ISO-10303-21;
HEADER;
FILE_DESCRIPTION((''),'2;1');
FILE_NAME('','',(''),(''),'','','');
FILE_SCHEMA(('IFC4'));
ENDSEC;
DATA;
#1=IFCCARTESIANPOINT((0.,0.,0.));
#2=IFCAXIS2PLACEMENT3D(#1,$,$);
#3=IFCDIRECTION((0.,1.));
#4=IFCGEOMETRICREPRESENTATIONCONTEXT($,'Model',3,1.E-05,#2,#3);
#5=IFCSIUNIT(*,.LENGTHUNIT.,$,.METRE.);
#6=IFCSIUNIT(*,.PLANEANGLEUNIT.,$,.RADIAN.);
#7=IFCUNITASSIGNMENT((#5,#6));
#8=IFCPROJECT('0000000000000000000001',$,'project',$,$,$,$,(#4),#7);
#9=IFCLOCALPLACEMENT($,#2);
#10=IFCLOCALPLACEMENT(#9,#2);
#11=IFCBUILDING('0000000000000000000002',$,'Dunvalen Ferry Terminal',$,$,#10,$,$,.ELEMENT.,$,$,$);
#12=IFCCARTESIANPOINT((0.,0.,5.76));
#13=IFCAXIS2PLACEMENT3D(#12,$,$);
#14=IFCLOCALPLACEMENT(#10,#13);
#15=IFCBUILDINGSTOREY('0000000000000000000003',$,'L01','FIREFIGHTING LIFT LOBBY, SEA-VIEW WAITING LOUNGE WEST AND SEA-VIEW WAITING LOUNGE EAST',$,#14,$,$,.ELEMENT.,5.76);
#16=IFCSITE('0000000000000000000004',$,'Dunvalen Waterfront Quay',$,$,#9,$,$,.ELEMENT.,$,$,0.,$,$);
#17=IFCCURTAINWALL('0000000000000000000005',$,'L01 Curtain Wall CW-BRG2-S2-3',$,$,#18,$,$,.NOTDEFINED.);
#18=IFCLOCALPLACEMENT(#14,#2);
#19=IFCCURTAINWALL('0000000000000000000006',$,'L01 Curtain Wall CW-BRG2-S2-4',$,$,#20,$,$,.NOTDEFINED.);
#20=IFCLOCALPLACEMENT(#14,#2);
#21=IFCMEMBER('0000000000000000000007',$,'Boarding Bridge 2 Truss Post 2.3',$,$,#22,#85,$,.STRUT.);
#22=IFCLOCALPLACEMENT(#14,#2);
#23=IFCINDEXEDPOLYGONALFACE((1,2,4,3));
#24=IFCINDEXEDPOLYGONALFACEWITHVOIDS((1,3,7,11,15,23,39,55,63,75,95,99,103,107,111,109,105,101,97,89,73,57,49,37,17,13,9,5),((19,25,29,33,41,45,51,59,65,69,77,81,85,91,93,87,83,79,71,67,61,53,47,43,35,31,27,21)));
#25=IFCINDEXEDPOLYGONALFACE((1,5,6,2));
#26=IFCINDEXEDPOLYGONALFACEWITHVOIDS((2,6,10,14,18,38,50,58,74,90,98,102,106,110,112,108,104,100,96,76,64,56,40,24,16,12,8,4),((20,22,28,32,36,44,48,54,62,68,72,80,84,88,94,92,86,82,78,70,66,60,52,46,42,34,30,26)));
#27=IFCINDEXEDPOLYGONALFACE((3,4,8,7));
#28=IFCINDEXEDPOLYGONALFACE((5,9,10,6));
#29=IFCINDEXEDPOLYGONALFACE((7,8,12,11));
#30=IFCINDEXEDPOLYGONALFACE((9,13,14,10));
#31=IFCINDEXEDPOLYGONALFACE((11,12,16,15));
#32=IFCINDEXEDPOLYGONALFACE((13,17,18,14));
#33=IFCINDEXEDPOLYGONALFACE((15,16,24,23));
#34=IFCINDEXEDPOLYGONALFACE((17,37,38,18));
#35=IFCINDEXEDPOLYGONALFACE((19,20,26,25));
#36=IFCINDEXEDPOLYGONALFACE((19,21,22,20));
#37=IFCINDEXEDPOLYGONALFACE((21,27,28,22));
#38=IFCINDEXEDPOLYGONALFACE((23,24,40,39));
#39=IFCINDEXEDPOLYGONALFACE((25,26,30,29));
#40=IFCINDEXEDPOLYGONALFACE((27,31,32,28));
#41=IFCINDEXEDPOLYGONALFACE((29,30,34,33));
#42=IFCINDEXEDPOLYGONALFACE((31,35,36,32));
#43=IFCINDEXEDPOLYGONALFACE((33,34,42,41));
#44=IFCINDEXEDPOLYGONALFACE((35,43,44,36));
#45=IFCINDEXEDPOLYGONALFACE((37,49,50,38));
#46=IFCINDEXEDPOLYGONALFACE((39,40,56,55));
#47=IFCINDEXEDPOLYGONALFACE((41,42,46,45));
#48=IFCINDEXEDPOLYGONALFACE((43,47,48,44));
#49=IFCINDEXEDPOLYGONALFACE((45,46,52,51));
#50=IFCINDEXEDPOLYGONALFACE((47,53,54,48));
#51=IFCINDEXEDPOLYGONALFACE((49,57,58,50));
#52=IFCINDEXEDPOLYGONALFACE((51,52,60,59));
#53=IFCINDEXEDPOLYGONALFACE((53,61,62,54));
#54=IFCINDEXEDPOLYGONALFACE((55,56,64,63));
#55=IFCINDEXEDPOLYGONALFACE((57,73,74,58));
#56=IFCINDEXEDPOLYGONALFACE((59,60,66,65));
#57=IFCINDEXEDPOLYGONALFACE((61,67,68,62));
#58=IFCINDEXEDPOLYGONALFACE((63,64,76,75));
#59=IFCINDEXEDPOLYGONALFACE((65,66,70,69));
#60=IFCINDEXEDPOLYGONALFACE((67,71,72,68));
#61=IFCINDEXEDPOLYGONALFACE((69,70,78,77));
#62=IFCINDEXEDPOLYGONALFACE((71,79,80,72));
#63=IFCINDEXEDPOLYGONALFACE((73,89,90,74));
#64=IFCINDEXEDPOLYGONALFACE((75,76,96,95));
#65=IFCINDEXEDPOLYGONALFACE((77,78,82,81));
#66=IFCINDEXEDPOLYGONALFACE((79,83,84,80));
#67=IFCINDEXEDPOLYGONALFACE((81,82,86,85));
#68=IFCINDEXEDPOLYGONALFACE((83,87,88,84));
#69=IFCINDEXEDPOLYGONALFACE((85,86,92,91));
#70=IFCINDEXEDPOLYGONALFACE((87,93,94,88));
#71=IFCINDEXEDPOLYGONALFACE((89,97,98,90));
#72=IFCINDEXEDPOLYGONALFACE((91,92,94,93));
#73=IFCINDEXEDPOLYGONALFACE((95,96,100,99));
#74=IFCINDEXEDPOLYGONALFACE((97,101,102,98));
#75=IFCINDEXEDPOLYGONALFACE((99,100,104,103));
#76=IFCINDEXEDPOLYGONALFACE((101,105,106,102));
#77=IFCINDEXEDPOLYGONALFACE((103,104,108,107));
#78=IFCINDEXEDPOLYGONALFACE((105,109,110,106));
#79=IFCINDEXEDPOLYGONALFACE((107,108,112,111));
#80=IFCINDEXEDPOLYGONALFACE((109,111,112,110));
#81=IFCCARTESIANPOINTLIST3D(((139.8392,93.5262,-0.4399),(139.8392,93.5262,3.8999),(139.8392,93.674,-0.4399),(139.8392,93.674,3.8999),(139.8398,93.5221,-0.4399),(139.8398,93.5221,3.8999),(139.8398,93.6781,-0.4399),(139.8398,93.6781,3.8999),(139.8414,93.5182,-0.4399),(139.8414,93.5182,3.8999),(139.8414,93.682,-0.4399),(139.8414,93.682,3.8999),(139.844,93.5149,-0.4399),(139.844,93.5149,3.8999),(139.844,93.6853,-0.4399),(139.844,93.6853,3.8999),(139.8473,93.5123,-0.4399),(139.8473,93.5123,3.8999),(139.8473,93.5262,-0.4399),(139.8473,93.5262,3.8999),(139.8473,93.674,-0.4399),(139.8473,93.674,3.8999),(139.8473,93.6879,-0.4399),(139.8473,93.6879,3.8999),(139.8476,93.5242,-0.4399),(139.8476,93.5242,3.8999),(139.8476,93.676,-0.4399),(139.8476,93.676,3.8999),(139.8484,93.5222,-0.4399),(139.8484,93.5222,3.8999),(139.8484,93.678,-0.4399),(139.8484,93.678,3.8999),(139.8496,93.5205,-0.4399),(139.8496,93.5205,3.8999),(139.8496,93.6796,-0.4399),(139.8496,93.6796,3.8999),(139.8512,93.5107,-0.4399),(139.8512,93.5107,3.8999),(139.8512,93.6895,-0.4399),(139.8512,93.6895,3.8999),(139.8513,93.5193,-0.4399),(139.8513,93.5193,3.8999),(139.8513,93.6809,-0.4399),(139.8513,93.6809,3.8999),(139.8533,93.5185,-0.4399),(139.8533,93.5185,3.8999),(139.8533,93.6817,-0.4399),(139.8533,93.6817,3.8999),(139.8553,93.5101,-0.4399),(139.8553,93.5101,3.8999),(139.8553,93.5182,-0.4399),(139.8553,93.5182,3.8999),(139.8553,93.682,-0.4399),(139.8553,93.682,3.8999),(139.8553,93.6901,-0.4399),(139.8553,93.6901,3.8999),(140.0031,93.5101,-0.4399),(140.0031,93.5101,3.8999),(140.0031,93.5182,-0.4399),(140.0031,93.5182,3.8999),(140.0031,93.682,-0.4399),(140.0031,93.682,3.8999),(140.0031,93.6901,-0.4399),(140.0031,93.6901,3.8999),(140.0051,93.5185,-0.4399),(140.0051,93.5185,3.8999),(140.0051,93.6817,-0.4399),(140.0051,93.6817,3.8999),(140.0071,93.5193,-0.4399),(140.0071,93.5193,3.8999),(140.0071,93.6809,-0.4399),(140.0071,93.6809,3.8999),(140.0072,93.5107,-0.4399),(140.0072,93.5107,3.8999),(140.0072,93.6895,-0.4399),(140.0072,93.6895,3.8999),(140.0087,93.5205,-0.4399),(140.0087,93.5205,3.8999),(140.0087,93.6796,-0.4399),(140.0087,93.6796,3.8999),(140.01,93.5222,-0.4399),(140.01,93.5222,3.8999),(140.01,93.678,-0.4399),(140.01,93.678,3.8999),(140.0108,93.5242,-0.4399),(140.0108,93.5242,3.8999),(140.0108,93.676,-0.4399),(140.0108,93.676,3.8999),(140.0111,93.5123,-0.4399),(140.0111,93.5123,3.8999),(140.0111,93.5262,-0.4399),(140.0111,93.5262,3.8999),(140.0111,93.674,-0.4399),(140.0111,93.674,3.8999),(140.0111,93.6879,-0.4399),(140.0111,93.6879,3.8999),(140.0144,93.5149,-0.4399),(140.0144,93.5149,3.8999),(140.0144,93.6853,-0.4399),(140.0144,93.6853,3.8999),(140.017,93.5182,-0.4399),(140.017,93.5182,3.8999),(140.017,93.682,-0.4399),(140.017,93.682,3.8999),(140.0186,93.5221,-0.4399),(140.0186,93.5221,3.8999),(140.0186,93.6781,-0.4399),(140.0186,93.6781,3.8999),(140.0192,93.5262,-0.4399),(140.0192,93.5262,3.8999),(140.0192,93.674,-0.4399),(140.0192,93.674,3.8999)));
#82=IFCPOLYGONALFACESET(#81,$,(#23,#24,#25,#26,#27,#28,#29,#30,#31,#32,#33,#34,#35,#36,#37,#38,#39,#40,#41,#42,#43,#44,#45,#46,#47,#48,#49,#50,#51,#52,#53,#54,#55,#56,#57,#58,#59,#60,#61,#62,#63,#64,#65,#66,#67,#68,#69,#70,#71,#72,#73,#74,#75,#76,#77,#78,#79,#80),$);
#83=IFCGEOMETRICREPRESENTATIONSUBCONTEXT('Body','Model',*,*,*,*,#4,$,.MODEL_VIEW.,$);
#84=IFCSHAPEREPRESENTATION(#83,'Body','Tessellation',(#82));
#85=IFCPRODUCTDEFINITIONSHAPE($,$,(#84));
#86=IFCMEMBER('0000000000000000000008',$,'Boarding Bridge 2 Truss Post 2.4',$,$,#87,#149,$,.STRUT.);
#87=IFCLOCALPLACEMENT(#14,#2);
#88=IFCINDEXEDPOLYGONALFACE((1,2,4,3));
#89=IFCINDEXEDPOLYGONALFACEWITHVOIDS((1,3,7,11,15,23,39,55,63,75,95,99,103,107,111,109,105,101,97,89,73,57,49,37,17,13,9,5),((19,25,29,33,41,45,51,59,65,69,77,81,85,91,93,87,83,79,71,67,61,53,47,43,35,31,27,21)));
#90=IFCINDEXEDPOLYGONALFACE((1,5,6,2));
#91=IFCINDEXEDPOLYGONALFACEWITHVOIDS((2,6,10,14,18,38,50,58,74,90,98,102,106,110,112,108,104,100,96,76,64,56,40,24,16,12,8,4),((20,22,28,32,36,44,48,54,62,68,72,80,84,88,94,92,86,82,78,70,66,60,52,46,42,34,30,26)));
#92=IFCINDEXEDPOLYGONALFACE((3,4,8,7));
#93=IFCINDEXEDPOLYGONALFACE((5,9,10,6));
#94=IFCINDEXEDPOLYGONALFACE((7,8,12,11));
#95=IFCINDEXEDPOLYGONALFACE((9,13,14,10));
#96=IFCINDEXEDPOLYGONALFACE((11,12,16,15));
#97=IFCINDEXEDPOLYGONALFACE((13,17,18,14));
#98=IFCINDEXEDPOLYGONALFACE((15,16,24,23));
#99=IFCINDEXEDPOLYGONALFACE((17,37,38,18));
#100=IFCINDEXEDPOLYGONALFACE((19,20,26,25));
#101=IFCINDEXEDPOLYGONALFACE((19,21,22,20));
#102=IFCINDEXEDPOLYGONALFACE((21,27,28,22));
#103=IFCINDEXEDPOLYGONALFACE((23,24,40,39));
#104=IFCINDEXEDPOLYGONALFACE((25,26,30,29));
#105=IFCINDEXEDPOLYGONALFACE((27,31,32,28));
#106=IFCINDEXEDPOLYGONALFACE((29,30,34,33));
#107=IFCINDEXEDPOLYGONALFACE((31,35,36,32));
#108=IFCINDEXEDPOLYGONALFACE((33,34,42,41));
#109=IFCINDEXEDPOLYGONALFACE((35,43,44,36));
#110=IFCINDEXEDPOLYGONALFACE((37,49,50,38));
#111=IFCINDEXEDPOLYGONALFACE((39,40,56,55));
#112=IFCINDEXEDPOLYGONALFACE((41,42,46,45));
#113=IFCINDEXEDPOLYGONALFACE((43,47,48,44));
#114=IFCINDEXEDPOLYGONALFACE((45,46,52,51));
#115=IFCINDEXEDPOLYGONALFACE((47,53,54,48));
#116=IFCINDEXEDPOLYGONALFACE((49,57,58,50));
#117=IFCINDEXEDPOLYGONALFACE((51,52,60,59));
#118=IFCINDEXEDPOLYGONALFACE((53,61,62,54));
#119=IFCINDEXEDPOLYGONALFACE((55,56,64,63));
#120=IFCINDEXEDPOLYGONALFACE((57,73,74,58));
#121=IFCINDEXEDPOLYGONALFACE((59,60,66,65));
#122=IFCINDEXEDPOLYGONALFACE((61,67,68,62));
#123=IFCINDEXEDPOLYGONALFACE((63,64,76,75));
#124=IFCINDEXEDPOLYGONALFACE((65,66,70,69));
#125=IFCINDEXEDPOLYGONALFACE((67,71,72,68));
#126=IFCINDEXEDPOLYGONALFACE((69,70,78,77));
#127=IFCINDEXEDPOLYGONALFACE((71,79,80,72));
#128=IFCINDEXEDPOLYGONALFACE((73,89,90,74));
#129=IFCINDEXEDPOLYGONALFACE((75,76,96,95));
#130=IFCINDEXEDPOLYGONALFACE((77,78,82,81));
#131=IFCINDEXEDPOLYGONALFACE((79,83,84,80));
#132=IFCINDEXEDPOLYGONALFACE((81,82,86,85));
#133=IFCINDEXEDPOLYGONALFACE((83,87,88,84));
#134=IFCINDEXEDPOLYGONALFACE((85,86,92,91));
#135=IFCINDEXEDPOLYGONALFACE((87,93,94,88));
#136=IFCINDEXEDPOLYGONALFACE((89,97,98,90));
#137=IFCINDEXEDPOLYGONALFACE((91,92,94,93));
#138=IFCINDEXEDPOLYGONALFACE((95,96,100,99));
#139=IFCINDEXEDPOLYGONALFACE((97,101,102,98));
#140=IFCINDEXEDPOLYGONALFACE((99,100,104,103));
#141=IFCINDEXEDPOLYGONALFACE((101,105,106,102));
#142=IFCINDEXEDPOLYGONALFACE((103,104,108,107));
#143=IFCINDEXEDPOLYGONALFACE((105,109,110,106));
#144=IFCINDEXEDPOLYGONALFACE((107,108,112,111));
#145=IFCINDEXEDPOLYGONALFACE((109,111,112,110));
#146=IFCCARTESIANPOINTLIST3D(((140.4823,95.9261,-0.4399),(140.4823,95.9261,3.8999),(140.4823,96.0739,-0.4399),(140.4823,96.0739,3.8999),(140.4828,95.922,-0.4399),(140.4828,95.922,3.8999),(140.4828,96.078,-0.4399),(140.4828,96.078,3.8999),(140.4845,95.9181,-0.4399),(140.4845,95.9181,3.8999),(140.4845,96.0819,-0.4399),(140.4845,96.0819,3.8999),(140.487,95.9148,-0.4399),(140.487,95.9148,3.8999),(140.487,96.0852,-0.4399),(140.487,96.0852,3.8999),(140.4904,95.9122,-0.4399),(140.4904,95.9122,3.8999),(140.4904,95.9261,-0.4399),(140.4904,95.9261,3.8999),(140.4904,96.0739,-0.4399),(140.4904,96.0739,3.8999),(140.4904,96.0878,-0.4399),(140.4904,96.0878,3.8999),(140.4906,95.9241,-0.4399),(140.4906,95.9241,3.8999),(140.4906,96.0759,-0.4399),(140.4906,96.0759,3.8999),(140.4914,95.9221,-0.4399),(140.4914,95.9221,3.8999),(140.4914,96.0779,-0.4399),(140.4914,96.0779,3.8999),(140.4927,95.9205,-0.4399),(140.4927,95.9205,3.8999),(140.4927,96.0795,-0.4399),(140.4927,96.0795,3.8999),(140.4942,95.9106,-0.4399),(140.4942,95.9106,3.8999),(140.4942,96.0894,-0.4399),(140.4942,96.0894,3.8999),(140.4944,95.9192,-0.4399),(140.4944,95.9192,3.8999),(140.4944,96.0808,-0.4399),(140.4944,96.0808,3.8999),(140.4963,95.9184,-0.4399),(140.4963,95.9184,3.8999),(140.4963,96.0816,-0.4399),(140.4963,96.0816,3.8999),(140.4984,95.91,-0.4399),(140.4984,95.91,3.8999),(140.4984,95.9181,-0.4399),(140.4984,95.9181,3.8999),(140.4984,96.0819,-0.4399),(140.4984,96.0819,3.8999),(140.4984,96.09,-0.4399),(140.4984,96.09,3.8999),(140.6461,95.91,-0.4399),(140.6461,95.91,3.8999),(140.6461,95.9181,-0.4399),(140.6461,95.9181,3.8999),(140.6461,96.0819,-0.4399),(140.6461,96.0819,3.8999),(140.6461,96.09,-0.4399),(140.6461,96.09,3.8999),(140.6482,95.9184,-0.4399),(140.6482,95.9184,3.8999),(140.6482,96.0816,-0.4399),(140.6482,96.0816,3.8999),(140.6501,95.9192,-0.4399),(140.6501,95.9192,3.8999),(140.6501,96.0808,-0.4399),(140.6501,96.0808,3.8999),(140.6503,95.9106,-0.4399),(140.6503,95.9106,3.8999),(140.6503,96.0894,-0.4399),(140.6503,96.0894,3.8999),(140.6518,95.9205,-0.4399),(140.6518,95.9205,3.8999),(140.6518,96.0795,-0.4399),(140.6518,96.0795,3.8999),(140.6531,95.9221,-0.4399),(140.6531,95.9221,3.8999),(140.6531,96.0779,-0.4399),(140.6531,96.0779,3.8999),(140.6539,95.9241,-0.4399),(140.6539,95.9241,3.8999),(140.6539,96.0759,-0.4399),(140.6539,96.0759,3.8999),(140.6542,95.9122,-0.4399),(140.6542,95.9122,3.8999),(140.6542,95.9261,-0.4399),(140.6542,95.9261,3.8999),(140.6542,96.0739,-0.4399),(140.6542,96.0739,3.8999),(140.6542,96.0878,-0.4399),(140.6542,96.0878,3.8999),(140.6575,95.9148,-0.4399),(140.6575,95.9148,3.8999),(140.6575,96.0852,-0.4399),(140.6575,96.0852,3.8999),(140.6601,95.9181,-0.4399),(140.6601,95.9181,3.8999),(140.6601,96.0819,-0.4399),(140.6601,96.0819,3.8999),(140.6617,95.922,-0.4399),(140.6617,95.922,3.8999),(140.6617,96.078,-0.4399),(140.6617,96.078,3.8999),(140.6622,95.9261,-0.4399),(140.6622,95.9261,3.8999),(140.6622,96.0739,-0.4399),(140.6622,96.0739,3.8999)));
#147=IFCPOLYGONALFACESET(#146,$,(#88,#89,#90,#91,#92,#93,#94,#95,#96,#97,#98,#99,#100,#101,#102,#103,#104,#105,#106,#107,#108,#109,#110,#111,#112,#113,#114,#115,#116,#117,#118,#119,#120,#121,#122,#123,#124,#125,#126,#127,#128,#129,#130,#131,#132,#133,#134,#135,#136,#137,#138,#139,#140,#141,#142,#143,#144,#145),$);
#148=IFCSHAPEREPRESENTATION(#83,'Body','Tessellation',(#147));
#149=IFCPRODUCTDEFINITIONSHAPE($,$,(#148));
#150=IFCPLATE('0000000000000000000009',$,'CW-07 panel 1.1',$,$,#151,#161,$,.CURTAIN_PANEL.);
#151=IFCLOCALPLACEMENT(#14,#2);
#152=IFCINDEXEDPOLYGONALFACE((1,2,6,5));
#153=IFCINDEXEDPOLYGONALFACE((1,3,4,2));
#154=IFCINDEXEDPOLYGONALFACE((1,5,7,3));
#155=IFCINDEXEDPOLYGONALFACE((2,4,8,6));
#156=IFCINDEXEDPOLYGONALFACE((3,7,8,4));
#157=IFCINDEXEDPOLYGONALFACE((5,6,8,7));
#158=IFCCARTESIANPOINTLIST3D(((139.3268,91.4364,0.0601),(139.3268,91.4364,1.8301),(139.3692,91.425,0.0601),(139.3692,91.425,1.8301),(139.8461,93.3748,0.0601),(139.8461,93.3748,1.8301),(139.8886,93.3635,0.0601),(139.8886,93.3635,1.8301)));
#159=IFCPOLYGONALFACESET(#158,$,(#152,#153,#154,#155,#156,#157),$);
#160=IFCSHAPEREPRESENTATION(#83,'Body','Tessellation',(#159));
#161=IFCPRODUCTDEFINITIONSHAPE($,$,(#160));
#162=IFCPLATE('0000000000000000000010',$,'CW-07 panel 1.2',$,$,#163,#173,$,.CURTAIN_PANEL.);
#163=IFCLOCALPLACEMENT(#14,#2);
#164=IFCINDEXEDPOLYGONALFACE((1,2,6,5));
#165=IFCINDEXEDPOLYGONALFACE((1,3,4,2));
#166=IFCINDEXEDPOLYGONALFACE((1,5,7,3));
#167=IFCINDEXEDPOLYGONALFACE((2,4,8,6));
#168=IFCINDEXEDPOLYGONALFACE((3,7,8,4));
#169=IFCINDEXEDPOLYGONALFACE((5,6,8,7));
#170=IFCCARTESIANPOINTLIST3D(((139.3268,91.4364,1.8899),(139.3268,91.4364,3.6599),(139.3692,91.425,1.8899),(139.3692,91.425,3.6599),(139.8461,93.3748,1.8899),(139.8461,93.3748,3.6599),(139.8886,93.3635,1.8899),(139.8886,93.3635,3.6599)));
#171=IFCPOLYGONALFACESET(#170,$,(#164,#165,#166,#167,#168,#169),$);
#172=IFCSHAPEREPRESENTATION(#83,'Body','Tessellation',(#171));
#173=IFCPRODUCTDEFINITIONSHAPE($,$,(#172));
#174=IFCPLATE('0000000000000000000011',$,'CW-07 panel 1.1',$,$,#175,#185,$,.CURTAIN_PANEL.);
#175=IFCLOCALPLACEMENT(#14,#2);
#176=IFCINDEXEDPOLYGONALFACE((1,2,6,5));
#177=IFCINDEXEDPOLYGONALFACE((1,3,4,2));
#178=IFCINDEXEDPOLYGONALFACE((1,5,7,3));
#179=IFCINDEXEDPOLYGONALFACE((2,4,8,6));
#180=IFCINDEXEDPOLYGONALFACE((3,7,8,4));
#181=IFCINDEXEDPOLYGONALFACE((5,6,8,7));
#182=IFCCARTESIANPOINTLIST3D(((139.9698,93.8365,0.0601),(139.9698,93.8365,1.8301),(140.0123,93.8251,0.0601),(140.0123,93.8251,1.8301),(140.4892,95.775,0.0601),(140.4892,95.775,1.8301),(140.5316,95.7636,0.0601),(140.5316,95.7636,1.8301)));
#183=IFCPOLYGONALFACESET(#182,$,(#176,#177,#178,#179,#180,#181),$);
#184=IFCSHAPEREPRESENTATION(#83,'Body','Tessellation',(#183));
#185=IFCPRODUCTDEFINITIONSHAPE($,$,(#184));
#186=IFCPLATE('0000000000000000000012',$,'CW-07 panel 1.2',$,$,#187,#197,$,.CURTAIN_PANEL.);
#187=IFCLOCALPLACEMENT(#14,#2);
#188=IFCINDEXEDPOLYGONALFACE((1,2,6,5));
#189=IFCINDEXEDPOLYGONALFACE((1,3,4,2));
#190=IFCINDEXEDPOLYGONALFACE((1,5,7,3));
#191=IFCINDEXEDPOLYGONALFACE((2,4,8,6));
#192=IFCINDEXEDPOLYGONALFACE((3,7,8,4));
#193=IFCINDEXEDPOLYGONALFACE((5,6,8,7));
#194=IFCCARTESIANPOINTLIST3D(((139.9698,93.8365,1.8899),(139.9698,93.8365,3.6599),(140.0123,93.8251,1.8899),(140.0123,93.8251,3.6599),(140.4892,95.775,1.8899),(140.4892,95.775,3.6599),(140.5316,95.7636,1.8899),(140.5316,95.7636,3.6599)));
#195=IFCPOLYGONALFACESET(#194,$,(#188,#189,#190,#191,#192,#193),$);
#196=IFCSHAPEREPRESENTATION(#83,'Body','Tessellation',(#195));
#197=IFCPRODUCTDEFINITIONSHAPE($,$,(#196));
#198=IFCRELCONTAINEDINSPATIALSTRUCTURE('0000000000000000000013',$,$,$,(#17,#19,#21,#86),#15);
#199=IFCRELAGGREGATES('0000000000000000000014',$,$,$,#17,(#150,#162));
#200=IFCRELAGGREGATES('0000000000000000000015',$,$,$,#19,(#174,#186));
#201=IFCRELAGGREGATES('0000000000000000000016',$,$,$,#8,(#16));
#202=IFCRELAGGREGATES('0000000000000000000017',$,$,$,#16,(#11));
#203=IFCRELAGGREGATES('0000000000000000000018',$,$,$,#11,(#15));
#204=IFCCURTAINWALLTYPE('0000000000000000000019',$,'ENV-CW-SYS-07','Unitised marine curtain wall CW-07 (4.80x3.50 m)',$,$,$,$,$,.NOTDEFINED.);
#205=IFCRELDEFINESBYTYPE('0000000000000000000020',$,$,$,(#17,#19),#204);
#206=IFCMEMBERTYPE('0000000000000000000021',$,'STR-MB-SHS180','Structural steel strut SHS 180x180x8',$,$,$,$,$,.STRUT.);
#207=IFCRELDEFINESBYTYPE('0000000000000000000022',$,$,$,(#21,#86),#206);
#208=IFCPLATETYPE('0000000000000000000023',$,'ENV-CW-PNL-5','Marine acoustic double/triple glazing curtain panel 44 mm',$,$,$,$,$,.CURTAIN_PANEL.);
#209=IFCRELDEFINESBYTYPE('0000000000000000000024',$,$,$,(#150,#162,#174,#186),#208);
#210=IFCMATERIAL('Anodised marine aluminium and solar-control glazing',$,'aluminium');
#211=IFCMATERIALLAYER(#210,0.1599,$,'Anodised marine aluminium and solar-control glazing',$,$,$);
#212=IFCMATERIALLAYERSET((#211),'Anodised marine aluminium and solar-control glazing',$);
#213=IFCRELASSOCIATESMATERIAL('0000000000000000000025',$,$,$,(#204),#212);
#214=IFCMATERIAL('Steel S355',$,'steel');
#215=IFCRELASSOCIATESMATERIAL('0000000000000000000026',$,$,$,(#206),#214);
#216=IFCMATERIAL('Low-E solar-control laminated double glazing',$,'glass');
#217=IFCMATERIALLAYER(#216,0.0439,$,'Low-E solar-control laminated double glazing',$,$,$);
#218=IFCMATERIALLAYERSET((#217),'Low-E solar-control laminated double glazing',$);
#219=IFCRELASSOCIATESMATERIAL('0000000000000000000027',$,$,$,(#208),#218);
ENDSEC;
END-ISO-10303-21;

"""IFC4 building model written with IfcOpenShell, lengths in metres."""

from ifc_helpers import new_model, si_unit, direction, frame, origin, origin_2d, place, context, subcontext, project, spatial, rectangle, hollow_rectangle, extrude, material, layer, layer_set, material_profile, profile_set, type_object, element, aggregate, save


model = new_model("IFC4")

# Units and contexts
model_context = context("Model", 3, precision=1e-05, world=origin(), true_north=direction((0.0, 1.0)))
body_context = subcontext(model_context, "Body", "Model", "MODEL_VIEW")
ifc_project = project(units=[si_unit("LENGTHUNIT", "METRE"), si_unit("PLANEANGLEUNIT", "RADIAN")], contexts=[model_context])

# Site, building, storey
site_placement = place(None, origin())
site = spatial("IfcSite", under=ifc_project, at=site_placement, Name="Dunvalen Waterfront Quay", CompositionType="ELEMENT", RefElevation=0.0)
building_placement = place(site_placement, origin())
building = spatial("IfcBuilding", under=site, at=building_placement, Name="Dunvalen Ferry Terminal", CompositionType="ELEMENT")
storey_placement = place(building_placement, frame((0.0, 0.0, 5.76)))
storey = spatial("IfcBuildingStorey", under=building, at=storey_placement, Name="L01", Description="FIREFIGHTING LIFT LOBBY, SEA-VIEW WAITING LOUNGE WEST AND SEA-VIEW WAITING LOUNGE EAST", CompositionType="ELEMENT", Elevation=5.76)

# Shared definitions
ifc_material_1 = material(Name="Anodised marine aluminium and solar-control glazing", Category="aluminium")

# Curtain wall
ifc_layer_1 = layer(ifc_material_1, 0.1599, Name="Anodised marine aluminium and solar-control glazing")
ifc_layer_set_1 = layer_set([ifc_layer_1], Name="Anodised marine aluminium and solar-control glazing")
curtain_wall_type_1 = type_object("IfcCurtainWallType", Name="ENV-CW-SYS-07", Description="Unitised marine curtain wall CW-07 (4.80x3.50 m)", PredefinedType="NOTDEFINED", material=ifc_layer_set_1)
curtain_wall_1_placement = place(storey_placement, origin())
curtain_wall_1 = element("IfcCurtainWall", 1, at=curtain_wall_1_placement, inside=storey, type_object=curtain_wall_type_1, Name="L01 Curtain Wall CW-BRG2-S2-3", PredefinedType="NOTDEFINED")

# Curtain wall
curtain_wall_2_placement = place(storey_placement, origin())
curtain_wall_2 = element("IfcCurtainWall", 2, at=curtain_wall_2_placement, inside=storey, type_object=curtain_wall_type_1, Name="L01 Curtain Wall CW-BRG2-S2-4", PredefinedType="NOTDEFINED")

# Shared definitions
ifc_material_2 = material(Name="Steel S355", Category="steel")

# Members
ifc_material_profile_1 = material_profile(ifc_material_2, hollow_rectangle(XDim=0.1799, YDim=0.1799, WallThickness=0.0081, InnerFilletRadius=0.0081, OuterFilletRadius=0.0161, at=origin_2d()), Name="Steel S355")
ifc_profile_set_1 = profile_set([ifc_material_profile_1], Name="Steel S355")
member_type_1 = type_object("IfcMemberType", Name="STR-MB-SHS180", Description="Structural steel strut SHS 180x180x8", PredefinedType="STRUT", material=ifc_profile_set_1)
for number, where, z_axis, x_axis, name in (
    (3, (139.9292, 93.6001, -0.4399), (0.0, 0.0, 1.0), (1.0, 0.0, 0.0), "Boarding Bridge 2 Truss Post 2.3"),
    (4, (140.5723, 96.0, -0.4399), (0.0, 0.0, 1.0), (1.0, 0.0, 0.0), "Boarding Bridge 2 Truss Post 2.4"),
):
    element("IfcMember", number, at=place(storey_placement, frame(where, z_axis=z_axis, x_axis=x_axis)), inside=storey, type_object=member_type_1, Name=name, PredefinedType="STRUT", context=body_context, shape_type="SweptSolid", body=[
        extrude(hollow_rectangle(XDim=0.1799, YDim=0.1799, WallThickness=0.0081, InnerFilletRadius=0.0081, OuterFilletRadius=0.0161, at=origin_2d()), origin(), (0.0, 0.0, 1.0), 4.3398),
    ])

# Plates
ifc_material_3 = material(Name="Low-E solar-control laminated double glazing", Category="glass")
ifc_layer_2 = layer(ifc_material_3, 0.0439, Name="Low-E solar-control laminated double glazing")
ifc_layer_set_2 = layer_set([ifc_layer_2], Name="Low-E solar-control laminated double glazing")
plate_type_1 = type_object("IfcPlateType", Name="ENV-CW-PNL-5", Description="Marine acoustic double/triple glazing curtain panel 44 mm", PredefinedType="CURTAIN_PANEL", material=ifc_layer_set_2)
plate_1_placement = place(storey_placement, frame((139.6077, 92.3999, 0.0601), z_axis=(0.0, 0.0, 1.0), x_axis=(0.258786, 0.965935, 0.0)))
plate_1 = element("IfcPlate", 5, at=plate_1_placement, type_object=plate_type_1, Name="CW-07 panel 1.1", PredefinedType="CURTAIN_PANEL", context=body_context, shape_type="SweptSolid", body=[
    extrude(rectangle(XDim=2.0068, YDim=0.0439, at=origin_2d()), origin(), (0.0, 0.0, 1.0), 1.77),
])
plate_2_placement = place(storey_placement, frame((139.6077, 92.3999, 1.8899), z_axis=(0.0, 0.0, 1.0), x_axis=(0.258786, 0.965935, 0.0)))
plate_2 = element("IfcPlate", 6, at=plate_2_placement, type_object=plate_type_1, Name="CW-07 panel 1.2", PredefinedType="CURTAIN_PANEL", context=body_context, shape_type="SweptSolid", body=[
    extrude(rectangle(XDim=2.0068, YDim=0.0439, at=origin_2d()), origin(), (0.0, 0.0, 1.0), 1.77),
])
aggregate(curtain_wall_1, [plate_1, plate_2])
plate_3_placement = place(storey_placement, frame((140.2507, 94.8, 0.0601), z_axis=(0.0, 0.0, 1.0), x_axis=(0.258786, 0.965935, 0.0)))
plate_3 = element("IfcPlate", 7, at=plate_3_placement, type_object=plate_type_1, Name="CW-07 panel 1.1", PredefinedType="CURTAIN_PANEL", context=body_context, shape_type="SweptSolid", body=[
    extrude(rectangle(XDim=2.0068, YDim=0.0439, at=origin_2d()), origin(), (0.0, 0.0, 1.0), 1.77),
])
plate_4_placement = place(storey_placement, frame((140.2507, 94.8, 1.8899), z_axis=(0.0, 0.0, 1.0), x_axis=(0.258786, 0.965935, 0.0)))
plate_4 = element("IfcPlate", 8, at=plate_4_placement, type_object=plate_type_1, Name="CW-07 panel 1.2", PredefinedType="CURTAIN_PANEL", context=body_context, shape_type="SweptSolid", body=[
    extrude(rectangle(XDim=2.0068, YDim=0.0439, at=origin_2d()), origin(), (0.0, 0.0, 1.0), 1.77),
])
aggregate(curtain_wall_2, [plate_3, plate_4])

save(model, "model.ifc")
